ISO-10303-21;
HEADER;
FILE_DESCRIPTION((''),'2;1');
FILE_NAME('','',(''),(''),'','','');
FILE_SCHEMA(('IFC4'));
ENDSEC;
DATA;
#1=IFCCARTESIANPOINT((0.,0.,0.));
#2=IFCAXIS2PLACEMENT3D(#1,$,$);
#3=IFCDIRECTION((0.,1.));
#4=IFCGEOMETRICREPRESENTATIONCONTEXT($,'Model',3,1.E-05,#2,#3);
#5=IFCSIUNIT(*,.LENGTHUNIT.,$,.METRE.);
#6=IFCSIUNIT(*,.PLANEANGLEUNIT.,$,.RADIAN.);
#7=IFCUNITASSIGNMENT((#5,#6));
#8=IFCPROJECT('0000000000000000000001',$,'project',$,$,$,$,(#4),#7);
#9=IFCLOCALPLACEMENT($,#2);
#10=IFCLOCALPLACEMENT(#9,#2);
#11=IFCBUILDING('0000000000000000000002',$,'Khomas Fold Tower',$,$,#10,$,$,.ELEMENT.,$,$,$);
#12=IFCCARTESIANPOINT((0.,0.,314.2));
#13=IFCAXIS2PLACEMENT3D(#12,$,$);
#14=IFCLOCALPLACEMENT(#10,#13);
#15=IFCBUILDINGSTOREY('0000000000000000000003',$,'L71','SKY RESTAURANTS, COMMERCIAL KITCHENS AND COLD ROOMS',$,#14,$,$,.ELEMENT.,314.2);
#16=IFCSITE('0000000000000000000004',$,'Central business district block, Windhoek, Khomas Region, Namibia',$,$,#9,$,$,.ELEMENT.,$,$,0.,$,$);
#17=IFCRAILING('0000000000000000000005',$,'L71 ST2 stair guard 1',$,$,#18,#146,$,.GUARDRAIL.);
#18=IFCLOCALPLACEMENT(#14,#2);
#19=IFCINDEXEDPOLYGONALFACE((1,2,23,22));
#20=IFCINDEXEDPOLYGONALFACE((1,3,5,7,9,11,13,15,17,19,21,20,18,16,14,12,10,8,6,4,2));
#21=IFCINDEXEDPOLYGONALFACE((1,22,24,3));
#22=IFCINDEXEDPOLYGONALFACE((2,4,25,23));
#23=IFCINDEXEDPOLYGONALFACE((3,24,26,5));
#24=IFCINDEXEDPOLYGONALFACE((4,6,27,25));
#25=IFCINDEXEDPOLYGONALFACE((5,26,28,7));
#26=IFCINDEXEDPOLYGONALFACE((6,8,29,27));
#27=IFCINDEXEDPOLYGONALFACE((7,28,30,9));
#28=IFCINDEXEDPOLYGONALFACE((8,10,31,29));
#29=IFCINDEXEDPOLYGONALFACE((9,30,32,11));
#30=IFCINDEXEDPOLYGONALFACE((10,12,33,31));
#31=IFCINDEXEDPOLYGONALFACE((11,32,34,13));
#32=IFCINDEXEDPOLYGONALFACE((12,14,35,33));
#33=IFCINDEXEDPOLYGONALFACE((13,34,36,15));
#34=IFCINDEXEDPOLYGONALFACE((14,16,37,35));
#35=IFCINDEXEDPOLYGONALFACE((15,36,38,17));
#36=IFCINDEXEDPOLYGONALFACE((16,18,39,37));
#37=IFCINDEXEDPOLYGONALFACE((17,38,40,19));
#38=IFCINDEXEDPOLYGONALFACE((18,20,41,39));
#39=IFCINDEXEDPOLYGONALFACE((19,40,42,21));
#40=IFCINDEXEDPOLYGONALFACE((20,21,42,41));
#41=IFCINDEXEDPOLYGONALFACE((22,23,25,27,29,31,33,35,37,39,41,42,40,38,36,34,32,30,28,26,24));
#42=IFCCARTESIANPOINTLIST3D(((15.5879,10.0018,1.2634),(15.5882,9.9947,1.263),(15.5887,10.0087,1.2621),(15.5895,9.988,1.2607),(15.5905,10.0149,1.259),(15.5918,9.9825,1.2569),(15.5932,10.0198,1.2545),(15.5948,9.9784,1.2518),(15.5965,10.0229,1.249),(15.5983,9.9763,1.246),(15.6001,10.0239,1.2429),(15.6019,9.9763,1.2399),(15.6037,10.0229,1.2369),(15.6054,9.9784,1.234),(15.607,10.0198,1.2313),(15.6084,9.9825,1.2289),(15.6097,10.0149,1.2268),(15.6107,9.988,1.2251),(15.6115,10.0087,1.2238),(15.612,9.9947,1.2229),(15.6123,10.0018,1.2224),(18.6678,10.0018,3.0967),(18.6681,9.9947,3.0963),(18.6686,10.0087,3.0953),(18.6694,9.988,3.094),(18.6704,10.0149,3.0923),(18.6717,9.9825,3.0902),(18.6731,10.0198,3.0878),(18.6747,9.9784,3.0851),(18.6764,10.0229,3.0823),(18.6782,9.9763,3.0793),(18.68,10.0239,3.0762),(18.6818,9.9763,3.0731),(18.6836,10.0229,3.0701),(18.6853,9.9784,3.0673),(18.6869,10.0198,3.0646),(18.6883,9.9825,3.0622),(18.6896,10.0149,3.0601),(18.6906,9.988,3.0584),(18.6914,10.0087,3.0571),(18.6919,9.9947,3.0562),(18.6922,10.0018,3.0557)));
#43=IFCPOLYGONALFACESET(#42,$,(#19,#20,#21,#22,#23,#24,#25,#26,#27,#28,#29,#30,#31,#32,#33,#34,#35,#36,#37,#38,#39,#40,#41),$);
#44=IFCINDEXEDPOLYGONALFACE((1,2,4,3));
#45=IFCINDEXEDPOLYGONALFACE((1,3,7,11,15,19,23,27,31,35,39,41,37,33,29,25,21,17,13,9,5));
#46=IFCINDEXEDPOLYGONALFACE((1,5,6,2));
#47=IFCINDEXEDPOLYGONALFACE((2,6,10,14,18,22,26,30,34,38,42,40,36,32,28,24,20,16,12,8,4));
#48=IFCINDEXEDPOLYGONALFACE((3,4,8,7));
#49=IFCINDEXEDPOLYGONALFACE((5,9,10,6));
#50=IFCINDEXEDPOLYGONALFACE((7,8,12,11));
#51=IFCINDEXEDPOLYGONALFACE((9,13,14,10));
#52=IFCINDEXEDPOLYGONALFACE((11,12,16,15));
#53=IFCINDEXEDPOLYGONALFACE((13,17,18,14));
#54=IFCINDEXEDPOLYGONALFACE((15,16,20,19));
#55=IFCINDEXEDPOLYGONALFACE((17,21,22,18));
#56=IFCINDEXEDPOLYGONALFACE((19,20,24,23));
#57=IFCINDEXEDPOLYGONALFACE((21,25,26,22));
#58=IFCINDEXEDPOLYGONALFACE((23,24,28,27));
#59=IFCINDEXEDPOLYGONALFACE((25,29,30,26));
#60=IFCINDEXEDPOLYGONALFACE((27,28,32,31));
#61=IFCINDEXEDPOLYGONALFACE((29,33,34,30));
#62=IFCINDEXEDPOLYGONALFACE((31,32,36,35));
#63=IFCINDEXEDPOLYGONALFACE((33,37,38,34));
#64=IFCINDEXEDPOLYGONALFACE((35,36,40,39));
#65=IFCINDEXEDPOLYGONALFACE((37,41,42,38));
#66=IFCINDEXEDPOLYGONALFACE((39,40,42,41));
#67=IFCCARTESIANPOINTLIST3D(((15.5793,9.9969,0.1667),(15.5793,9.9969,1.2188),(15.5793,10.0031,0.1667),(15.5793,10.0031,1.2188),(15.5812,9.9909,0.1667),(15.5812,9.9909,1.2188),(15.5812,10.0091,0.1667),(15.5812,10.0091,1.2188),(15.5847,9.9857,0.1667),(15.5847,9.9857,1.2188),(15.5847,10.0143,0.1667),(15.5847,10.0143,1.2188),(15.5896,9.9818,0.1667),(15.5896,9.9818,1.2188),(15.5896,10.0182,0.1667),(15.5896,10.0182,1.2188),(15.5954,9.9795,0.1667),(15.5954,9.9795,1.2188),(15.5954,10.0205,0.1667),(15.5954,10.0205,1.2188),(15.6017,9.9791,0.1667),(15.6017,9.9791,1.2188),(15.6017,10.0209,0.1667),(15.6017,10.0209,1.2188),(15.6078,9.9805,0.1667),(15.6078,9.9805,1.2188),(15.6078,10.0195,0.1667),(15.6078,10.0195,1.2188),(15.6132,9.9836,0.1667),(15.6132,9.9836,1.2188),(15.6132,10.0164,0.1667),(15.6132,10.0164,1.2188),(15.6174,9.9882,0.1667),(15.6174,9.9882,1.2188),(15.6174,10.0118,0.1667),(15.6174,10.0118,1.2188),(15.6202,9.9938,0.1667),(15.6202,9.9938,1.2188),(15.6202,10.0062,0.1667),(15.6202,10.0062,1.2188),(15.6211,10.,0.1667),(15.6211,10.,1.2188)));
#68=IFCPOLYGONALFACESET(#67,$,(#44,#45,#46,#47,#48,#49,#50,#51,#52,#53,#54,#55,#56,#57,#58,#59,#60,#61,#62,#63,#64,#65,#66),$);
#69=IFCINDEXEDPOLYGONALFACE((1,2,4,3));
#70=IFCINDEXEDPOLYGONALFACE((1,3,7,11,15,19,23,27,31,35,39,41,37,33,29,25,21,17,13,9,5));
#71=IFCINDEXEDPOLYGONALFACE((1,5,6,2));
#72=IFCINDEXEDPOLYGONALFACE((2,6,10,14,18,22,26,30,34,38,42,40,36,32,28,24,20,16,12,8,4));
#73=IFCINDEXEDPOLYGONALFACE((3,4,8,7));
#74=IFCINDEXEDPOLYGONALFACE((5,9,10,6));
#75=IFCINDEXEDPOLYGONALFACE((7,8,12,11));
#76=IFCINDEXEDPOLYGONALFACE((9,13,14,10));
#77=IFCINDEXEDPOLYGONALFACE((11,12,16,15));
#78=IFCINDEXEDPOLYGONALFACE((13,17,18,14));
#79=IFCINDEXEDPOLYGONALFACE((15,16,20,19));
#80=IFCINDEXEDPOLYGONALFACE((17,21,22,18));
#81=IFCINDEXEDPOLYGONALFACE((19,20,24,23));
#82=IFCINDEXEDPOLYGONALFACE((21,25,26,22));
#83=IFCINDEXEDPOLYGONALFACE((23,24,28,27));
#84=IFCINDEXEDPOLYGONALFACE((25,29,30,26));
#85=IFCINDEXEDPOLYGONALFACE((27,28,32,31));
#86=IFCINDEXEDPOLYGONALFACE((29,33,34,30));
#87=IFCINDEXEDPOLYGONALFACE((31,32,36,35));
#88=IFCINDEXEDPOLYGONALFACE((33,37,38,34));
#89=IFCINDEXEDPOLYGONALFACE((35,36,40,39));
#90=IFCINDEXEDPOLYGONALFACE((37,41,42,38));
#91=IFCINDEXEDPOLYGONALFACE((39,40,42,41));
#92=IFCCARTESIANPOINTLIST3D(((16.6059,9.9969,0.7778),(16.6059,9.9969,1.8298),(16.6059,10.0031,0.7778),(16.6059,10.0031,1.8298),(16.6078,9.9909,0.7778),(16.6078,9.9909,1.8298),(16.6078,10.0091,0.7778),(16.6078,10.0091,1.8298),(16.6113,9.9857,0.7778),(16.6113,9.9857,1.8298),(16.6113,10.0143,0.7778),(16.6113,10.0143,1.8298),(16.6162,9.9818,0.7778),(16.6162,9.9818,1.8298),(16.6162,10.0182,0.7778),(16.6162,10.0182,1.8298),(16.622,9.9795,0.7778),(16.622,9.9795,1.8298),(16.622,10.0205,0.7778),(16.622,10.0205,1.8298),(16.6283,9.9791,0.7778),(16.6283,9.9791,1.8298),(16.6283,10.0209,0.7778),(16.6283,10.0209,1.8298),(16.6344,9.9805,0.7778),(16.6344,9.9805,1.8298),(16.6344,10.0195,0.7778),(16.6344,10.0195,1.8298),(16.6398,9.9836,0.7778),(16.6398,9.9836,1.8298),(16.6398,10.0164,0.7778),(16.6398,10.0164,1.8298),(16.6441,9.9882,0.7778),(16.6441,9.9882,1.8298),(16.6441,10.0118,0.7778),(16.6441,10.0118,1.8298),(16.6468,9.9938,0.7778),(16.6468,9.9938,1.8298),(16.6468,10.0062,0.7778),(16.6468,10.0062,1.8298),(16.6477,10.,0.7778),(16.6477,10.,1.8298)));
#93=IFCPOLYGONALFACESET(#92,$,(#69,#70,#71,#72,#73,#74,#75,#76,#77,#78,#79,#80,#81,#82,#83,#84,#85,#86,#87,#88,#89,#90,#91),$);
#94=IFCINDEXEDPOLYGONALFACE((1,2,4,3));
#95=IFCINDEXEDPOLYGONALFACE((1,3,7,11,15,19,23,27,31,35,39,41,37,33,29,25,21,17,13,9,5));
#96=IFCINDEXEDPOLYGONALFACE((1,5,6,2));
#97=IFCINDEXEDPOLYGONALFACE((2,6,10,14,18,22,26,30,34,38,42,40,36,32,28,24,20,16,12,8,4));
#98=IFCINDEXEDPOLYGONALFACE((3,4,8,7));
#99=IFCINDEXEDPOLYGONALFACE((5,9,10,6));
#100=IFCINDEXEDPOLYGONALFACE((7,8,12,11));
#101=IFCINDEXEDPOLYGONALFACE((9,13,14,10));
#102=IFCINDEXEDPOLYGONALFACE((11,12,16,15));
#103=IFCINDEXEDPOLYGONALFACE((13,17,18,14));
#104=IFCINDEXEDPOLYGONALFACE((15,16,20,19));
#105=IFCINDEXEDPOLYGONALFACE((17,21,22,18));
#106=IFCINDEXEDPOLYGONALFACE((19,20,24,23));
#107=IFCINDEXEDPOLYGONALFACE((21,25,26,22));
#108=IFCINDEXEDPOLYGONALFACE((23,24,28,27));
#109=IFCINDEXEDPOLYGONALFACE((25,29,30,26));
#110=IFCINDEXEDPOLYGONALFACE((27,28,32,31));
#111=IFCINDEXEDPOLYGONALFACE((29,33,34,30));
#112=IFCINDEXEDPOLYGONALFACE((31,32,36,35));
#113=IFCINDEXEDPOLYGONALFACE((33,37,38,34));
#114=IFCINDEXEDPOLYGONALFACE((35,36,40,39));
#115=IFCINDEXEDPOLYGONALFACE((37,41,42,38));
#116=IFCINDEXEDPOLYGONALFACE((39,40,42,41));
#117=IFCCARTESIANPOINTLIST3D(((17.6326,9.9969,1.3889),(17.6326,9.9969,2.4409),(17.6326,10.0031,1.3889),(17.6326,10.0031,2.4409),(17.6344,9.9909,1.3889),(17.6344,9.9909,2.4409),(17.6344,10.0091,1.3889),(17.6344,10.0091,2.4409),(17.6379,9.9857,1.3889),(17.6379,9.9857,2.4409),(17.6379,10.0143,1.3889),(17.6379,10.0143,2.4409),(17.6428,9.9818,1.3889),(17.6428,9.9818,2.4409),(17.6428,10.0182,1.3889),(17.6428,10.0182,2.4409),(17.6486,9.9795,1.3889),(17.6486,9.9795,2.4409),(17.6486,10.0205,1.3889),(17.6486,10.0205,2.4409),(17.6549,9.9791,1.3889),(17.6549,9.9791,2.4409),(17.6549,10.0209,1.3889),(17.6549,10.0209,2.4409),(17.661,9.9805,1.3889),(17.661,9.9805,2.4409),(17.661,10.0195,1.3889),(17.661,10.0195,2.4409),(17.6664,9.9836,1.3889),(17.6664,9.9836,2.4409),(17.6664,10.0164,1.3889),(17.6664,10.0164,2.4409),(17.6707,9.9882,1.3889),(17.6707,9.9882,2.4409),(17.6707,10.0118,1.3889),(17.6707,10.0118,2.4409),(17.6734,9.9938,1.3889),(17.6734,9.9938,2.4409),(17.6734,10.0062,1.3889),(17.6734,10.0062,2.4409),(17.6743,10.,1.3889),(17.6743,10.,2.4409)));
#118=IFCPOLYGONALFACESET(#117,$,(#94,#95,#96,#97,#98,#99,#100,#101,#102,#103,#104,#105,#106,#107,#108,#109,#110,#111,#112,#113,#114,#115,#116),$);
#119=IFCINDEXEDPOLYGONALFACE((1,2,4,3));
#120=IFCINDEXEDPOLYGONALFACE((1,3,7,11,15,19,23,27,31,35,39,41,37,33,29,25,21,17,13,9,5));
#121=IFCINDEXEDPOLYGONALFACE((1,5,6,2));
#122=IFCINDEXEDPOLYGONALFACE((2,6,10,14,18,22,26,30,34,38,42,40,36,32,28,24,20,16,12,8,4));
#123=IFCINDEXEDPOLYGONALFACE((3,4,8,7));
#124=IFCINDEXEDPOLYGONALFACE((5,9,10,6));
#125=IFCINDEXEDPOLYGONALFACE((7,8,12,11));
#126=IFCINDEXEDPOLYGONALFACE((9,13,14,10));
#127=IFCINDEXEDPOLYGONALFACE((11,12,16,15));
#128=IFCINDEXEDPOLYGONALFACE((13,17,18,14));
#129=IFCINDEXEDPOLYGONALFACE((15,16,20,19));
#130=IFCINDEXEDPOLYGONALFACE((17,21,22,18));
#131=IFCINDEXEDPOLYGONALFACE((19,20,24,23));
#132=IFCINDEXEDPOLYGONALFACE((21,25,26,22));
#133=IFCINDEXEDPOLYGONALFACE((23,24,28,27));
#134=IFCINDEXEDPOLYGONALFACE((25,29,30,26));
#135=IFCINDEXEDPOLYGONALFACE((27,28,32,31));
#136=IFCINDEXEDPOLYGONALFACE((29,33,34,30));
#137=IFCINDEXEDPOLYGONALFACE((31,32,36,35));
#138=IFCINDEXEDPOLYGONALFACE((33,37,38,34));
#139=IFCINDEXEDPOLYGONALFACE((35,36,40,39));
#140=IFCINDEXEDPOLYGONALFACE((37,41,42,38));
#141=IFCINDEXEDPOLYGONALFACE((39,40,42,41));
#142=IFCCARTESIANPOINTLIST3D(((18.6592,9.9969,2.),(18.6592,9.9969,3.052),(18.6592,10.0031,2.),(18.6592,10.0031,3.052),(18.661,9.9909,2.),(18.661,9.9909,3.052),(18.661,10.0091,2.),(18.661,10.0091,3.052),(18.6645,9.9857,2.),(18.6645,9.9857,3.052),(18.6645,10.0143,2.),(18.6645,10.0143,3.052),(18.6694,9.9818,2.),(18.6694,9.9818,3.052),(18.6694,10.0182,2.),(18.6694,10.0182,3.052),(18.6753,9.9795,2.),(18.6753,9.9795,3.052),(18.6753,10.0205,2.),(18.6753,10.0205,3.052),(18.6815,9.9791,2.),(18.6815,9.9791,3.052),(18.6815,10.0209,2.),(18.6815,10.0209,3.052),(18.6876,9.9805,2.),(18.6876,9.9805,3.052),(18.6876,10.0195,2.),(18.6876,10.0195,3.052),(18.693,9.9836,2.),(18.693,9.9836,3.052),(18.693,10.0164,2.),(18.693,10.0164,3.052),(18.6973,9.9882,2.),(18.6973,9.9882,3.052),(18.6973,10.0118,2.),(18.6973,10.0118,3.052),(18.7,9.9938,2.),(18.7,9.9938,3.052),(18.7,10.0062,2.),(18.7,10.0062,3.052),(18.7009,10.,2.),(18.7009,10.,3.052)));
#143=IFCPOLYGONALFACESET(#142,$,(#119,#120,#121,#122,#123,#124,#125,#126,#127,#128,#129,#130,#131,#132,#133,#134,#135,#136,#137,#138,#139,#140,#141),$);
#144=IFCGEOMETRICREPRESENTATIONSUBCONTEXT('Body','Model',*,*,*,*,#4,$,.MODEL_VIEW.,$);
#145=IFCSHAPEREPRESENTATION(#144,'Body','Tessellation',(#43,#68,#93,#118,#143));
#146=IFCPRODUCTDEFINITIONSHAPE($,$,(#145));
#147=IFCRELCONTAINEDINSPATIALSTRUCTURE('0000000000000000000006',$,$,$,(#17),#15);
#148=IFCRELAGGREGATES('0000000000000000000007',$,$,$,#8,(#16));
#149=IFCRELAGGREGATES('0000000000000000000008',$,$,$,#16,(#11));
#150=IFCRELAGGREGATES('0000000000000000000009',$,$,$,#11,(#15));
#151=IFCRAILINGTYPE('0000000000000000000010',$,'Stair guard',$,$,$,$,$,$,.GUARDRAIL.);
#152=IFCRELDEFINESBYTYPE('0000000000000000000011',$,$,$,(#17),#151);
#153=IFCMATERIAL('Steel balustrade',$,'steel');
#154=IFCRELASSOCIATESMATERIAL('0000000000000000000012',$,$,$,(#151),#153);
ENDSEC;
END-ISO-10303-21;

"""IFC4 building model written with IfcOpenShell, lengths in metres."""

from ifc_helpers import new_model, si_unit, direction, frame, origin, origin_2d, place, context, subcontext, project, spatial, circle, extrude, source, transform, mapped, material, type_object, element, save


model = new_model("IFC4")

# Units and contexts
model_context = context("Model", 3, precision=1e-05, world=origin(), true_north=direction((0.0, 1.0)))
body_context = subcontext(model_context, "Body", "Model", "MODEL_VIEW")
ifc_project = project(units=[si_unit("LENGTHUNIT", "METRE"), si_unit("PLANEANGLEUNIT", "RADIAN")], contexts=[model_context])

# Site, building, storey
site_placement = place(None, origin())
site = spatial("IfcSite", under=ifc_project, at=site_placement, Name="Central business district block, Windhoek, Khomas Region, Namibia", CompositionType="ELEMENT", RefElevation=0.0)
building_placement = place(site_placement, origin())
building = spatial("IfcBuilding", under=site, at=building_placement, Name="Khomas Fold Tower", CompositionType="ELEMENT")
storey_placement = place(building_placement, frame((0.0, 0.0, 314.2)))
storey = spatial("IfcBuildingStorey", under=building, at=storey_placement, Name="L71", Description="SKY RESTAURANTS, COMMERCIAL KITCHENS AND COLD ROOMS", CompositionType="ELEMENT", Elevation=314.2)

# Railing
ifc_material_1 = material(Name="Steel balustrade", Category="steel")
railing_type_1 = type_object("IfcRailingType", Name="Stair guard", PredefinedType="GUARDRAIL", material=ifc_material_1)
shared_shape_1 = source(origin(), body_context, "Body", "SweptSolid", [
    extrude(circle(Radius=0.0239, at=origin_2d()), frame((0.0, 0.0, 1.0762), z_axis=(0.859291, 0.0, 0.511487), x_axis=(0.0, 1.0, 0.0)), (0.0, 0.0, 1.0), 3.5842),
    extrude(circle(Radius=0.021, at=origin_2d()), origin(), (0.0, 0.0, 1.0), 1.052),
    extrude(circle(Radius=0.021, at=origin_2d()), frame((1.0266, 0.0, 0.6111)), (0.0, 0.0, 1.0), 1.052),
    extrude(circle(Radius=0.021, at=origin_2d()), frame((2.0532, 0.0, 1.2222)), (0.0, 0.0, 1.0), 1.052),
    extrude(circle(Radius=0.021, at=origin_2d()), frame((3.0798, 0.0, 1.8333)), (0.0, 0.0, 1.0), 1.052),
])
railing_1_placement = place(storey_placement, frame((15.6001, 10.0, 0.1667)))
element("IfcRailing", 1, at=railing_1_placement, inside=storey, type_object=railing_type_1, Name="L71 ST2 stair guard 1", PredefinedType="GUARDRAIL", context=body_context, shape_type="MappedRepresentation", body=[
    mapped(shared_shape_1, transform((0.0, 0.0, 0.0))),
])

save(model, "model.ifc")
